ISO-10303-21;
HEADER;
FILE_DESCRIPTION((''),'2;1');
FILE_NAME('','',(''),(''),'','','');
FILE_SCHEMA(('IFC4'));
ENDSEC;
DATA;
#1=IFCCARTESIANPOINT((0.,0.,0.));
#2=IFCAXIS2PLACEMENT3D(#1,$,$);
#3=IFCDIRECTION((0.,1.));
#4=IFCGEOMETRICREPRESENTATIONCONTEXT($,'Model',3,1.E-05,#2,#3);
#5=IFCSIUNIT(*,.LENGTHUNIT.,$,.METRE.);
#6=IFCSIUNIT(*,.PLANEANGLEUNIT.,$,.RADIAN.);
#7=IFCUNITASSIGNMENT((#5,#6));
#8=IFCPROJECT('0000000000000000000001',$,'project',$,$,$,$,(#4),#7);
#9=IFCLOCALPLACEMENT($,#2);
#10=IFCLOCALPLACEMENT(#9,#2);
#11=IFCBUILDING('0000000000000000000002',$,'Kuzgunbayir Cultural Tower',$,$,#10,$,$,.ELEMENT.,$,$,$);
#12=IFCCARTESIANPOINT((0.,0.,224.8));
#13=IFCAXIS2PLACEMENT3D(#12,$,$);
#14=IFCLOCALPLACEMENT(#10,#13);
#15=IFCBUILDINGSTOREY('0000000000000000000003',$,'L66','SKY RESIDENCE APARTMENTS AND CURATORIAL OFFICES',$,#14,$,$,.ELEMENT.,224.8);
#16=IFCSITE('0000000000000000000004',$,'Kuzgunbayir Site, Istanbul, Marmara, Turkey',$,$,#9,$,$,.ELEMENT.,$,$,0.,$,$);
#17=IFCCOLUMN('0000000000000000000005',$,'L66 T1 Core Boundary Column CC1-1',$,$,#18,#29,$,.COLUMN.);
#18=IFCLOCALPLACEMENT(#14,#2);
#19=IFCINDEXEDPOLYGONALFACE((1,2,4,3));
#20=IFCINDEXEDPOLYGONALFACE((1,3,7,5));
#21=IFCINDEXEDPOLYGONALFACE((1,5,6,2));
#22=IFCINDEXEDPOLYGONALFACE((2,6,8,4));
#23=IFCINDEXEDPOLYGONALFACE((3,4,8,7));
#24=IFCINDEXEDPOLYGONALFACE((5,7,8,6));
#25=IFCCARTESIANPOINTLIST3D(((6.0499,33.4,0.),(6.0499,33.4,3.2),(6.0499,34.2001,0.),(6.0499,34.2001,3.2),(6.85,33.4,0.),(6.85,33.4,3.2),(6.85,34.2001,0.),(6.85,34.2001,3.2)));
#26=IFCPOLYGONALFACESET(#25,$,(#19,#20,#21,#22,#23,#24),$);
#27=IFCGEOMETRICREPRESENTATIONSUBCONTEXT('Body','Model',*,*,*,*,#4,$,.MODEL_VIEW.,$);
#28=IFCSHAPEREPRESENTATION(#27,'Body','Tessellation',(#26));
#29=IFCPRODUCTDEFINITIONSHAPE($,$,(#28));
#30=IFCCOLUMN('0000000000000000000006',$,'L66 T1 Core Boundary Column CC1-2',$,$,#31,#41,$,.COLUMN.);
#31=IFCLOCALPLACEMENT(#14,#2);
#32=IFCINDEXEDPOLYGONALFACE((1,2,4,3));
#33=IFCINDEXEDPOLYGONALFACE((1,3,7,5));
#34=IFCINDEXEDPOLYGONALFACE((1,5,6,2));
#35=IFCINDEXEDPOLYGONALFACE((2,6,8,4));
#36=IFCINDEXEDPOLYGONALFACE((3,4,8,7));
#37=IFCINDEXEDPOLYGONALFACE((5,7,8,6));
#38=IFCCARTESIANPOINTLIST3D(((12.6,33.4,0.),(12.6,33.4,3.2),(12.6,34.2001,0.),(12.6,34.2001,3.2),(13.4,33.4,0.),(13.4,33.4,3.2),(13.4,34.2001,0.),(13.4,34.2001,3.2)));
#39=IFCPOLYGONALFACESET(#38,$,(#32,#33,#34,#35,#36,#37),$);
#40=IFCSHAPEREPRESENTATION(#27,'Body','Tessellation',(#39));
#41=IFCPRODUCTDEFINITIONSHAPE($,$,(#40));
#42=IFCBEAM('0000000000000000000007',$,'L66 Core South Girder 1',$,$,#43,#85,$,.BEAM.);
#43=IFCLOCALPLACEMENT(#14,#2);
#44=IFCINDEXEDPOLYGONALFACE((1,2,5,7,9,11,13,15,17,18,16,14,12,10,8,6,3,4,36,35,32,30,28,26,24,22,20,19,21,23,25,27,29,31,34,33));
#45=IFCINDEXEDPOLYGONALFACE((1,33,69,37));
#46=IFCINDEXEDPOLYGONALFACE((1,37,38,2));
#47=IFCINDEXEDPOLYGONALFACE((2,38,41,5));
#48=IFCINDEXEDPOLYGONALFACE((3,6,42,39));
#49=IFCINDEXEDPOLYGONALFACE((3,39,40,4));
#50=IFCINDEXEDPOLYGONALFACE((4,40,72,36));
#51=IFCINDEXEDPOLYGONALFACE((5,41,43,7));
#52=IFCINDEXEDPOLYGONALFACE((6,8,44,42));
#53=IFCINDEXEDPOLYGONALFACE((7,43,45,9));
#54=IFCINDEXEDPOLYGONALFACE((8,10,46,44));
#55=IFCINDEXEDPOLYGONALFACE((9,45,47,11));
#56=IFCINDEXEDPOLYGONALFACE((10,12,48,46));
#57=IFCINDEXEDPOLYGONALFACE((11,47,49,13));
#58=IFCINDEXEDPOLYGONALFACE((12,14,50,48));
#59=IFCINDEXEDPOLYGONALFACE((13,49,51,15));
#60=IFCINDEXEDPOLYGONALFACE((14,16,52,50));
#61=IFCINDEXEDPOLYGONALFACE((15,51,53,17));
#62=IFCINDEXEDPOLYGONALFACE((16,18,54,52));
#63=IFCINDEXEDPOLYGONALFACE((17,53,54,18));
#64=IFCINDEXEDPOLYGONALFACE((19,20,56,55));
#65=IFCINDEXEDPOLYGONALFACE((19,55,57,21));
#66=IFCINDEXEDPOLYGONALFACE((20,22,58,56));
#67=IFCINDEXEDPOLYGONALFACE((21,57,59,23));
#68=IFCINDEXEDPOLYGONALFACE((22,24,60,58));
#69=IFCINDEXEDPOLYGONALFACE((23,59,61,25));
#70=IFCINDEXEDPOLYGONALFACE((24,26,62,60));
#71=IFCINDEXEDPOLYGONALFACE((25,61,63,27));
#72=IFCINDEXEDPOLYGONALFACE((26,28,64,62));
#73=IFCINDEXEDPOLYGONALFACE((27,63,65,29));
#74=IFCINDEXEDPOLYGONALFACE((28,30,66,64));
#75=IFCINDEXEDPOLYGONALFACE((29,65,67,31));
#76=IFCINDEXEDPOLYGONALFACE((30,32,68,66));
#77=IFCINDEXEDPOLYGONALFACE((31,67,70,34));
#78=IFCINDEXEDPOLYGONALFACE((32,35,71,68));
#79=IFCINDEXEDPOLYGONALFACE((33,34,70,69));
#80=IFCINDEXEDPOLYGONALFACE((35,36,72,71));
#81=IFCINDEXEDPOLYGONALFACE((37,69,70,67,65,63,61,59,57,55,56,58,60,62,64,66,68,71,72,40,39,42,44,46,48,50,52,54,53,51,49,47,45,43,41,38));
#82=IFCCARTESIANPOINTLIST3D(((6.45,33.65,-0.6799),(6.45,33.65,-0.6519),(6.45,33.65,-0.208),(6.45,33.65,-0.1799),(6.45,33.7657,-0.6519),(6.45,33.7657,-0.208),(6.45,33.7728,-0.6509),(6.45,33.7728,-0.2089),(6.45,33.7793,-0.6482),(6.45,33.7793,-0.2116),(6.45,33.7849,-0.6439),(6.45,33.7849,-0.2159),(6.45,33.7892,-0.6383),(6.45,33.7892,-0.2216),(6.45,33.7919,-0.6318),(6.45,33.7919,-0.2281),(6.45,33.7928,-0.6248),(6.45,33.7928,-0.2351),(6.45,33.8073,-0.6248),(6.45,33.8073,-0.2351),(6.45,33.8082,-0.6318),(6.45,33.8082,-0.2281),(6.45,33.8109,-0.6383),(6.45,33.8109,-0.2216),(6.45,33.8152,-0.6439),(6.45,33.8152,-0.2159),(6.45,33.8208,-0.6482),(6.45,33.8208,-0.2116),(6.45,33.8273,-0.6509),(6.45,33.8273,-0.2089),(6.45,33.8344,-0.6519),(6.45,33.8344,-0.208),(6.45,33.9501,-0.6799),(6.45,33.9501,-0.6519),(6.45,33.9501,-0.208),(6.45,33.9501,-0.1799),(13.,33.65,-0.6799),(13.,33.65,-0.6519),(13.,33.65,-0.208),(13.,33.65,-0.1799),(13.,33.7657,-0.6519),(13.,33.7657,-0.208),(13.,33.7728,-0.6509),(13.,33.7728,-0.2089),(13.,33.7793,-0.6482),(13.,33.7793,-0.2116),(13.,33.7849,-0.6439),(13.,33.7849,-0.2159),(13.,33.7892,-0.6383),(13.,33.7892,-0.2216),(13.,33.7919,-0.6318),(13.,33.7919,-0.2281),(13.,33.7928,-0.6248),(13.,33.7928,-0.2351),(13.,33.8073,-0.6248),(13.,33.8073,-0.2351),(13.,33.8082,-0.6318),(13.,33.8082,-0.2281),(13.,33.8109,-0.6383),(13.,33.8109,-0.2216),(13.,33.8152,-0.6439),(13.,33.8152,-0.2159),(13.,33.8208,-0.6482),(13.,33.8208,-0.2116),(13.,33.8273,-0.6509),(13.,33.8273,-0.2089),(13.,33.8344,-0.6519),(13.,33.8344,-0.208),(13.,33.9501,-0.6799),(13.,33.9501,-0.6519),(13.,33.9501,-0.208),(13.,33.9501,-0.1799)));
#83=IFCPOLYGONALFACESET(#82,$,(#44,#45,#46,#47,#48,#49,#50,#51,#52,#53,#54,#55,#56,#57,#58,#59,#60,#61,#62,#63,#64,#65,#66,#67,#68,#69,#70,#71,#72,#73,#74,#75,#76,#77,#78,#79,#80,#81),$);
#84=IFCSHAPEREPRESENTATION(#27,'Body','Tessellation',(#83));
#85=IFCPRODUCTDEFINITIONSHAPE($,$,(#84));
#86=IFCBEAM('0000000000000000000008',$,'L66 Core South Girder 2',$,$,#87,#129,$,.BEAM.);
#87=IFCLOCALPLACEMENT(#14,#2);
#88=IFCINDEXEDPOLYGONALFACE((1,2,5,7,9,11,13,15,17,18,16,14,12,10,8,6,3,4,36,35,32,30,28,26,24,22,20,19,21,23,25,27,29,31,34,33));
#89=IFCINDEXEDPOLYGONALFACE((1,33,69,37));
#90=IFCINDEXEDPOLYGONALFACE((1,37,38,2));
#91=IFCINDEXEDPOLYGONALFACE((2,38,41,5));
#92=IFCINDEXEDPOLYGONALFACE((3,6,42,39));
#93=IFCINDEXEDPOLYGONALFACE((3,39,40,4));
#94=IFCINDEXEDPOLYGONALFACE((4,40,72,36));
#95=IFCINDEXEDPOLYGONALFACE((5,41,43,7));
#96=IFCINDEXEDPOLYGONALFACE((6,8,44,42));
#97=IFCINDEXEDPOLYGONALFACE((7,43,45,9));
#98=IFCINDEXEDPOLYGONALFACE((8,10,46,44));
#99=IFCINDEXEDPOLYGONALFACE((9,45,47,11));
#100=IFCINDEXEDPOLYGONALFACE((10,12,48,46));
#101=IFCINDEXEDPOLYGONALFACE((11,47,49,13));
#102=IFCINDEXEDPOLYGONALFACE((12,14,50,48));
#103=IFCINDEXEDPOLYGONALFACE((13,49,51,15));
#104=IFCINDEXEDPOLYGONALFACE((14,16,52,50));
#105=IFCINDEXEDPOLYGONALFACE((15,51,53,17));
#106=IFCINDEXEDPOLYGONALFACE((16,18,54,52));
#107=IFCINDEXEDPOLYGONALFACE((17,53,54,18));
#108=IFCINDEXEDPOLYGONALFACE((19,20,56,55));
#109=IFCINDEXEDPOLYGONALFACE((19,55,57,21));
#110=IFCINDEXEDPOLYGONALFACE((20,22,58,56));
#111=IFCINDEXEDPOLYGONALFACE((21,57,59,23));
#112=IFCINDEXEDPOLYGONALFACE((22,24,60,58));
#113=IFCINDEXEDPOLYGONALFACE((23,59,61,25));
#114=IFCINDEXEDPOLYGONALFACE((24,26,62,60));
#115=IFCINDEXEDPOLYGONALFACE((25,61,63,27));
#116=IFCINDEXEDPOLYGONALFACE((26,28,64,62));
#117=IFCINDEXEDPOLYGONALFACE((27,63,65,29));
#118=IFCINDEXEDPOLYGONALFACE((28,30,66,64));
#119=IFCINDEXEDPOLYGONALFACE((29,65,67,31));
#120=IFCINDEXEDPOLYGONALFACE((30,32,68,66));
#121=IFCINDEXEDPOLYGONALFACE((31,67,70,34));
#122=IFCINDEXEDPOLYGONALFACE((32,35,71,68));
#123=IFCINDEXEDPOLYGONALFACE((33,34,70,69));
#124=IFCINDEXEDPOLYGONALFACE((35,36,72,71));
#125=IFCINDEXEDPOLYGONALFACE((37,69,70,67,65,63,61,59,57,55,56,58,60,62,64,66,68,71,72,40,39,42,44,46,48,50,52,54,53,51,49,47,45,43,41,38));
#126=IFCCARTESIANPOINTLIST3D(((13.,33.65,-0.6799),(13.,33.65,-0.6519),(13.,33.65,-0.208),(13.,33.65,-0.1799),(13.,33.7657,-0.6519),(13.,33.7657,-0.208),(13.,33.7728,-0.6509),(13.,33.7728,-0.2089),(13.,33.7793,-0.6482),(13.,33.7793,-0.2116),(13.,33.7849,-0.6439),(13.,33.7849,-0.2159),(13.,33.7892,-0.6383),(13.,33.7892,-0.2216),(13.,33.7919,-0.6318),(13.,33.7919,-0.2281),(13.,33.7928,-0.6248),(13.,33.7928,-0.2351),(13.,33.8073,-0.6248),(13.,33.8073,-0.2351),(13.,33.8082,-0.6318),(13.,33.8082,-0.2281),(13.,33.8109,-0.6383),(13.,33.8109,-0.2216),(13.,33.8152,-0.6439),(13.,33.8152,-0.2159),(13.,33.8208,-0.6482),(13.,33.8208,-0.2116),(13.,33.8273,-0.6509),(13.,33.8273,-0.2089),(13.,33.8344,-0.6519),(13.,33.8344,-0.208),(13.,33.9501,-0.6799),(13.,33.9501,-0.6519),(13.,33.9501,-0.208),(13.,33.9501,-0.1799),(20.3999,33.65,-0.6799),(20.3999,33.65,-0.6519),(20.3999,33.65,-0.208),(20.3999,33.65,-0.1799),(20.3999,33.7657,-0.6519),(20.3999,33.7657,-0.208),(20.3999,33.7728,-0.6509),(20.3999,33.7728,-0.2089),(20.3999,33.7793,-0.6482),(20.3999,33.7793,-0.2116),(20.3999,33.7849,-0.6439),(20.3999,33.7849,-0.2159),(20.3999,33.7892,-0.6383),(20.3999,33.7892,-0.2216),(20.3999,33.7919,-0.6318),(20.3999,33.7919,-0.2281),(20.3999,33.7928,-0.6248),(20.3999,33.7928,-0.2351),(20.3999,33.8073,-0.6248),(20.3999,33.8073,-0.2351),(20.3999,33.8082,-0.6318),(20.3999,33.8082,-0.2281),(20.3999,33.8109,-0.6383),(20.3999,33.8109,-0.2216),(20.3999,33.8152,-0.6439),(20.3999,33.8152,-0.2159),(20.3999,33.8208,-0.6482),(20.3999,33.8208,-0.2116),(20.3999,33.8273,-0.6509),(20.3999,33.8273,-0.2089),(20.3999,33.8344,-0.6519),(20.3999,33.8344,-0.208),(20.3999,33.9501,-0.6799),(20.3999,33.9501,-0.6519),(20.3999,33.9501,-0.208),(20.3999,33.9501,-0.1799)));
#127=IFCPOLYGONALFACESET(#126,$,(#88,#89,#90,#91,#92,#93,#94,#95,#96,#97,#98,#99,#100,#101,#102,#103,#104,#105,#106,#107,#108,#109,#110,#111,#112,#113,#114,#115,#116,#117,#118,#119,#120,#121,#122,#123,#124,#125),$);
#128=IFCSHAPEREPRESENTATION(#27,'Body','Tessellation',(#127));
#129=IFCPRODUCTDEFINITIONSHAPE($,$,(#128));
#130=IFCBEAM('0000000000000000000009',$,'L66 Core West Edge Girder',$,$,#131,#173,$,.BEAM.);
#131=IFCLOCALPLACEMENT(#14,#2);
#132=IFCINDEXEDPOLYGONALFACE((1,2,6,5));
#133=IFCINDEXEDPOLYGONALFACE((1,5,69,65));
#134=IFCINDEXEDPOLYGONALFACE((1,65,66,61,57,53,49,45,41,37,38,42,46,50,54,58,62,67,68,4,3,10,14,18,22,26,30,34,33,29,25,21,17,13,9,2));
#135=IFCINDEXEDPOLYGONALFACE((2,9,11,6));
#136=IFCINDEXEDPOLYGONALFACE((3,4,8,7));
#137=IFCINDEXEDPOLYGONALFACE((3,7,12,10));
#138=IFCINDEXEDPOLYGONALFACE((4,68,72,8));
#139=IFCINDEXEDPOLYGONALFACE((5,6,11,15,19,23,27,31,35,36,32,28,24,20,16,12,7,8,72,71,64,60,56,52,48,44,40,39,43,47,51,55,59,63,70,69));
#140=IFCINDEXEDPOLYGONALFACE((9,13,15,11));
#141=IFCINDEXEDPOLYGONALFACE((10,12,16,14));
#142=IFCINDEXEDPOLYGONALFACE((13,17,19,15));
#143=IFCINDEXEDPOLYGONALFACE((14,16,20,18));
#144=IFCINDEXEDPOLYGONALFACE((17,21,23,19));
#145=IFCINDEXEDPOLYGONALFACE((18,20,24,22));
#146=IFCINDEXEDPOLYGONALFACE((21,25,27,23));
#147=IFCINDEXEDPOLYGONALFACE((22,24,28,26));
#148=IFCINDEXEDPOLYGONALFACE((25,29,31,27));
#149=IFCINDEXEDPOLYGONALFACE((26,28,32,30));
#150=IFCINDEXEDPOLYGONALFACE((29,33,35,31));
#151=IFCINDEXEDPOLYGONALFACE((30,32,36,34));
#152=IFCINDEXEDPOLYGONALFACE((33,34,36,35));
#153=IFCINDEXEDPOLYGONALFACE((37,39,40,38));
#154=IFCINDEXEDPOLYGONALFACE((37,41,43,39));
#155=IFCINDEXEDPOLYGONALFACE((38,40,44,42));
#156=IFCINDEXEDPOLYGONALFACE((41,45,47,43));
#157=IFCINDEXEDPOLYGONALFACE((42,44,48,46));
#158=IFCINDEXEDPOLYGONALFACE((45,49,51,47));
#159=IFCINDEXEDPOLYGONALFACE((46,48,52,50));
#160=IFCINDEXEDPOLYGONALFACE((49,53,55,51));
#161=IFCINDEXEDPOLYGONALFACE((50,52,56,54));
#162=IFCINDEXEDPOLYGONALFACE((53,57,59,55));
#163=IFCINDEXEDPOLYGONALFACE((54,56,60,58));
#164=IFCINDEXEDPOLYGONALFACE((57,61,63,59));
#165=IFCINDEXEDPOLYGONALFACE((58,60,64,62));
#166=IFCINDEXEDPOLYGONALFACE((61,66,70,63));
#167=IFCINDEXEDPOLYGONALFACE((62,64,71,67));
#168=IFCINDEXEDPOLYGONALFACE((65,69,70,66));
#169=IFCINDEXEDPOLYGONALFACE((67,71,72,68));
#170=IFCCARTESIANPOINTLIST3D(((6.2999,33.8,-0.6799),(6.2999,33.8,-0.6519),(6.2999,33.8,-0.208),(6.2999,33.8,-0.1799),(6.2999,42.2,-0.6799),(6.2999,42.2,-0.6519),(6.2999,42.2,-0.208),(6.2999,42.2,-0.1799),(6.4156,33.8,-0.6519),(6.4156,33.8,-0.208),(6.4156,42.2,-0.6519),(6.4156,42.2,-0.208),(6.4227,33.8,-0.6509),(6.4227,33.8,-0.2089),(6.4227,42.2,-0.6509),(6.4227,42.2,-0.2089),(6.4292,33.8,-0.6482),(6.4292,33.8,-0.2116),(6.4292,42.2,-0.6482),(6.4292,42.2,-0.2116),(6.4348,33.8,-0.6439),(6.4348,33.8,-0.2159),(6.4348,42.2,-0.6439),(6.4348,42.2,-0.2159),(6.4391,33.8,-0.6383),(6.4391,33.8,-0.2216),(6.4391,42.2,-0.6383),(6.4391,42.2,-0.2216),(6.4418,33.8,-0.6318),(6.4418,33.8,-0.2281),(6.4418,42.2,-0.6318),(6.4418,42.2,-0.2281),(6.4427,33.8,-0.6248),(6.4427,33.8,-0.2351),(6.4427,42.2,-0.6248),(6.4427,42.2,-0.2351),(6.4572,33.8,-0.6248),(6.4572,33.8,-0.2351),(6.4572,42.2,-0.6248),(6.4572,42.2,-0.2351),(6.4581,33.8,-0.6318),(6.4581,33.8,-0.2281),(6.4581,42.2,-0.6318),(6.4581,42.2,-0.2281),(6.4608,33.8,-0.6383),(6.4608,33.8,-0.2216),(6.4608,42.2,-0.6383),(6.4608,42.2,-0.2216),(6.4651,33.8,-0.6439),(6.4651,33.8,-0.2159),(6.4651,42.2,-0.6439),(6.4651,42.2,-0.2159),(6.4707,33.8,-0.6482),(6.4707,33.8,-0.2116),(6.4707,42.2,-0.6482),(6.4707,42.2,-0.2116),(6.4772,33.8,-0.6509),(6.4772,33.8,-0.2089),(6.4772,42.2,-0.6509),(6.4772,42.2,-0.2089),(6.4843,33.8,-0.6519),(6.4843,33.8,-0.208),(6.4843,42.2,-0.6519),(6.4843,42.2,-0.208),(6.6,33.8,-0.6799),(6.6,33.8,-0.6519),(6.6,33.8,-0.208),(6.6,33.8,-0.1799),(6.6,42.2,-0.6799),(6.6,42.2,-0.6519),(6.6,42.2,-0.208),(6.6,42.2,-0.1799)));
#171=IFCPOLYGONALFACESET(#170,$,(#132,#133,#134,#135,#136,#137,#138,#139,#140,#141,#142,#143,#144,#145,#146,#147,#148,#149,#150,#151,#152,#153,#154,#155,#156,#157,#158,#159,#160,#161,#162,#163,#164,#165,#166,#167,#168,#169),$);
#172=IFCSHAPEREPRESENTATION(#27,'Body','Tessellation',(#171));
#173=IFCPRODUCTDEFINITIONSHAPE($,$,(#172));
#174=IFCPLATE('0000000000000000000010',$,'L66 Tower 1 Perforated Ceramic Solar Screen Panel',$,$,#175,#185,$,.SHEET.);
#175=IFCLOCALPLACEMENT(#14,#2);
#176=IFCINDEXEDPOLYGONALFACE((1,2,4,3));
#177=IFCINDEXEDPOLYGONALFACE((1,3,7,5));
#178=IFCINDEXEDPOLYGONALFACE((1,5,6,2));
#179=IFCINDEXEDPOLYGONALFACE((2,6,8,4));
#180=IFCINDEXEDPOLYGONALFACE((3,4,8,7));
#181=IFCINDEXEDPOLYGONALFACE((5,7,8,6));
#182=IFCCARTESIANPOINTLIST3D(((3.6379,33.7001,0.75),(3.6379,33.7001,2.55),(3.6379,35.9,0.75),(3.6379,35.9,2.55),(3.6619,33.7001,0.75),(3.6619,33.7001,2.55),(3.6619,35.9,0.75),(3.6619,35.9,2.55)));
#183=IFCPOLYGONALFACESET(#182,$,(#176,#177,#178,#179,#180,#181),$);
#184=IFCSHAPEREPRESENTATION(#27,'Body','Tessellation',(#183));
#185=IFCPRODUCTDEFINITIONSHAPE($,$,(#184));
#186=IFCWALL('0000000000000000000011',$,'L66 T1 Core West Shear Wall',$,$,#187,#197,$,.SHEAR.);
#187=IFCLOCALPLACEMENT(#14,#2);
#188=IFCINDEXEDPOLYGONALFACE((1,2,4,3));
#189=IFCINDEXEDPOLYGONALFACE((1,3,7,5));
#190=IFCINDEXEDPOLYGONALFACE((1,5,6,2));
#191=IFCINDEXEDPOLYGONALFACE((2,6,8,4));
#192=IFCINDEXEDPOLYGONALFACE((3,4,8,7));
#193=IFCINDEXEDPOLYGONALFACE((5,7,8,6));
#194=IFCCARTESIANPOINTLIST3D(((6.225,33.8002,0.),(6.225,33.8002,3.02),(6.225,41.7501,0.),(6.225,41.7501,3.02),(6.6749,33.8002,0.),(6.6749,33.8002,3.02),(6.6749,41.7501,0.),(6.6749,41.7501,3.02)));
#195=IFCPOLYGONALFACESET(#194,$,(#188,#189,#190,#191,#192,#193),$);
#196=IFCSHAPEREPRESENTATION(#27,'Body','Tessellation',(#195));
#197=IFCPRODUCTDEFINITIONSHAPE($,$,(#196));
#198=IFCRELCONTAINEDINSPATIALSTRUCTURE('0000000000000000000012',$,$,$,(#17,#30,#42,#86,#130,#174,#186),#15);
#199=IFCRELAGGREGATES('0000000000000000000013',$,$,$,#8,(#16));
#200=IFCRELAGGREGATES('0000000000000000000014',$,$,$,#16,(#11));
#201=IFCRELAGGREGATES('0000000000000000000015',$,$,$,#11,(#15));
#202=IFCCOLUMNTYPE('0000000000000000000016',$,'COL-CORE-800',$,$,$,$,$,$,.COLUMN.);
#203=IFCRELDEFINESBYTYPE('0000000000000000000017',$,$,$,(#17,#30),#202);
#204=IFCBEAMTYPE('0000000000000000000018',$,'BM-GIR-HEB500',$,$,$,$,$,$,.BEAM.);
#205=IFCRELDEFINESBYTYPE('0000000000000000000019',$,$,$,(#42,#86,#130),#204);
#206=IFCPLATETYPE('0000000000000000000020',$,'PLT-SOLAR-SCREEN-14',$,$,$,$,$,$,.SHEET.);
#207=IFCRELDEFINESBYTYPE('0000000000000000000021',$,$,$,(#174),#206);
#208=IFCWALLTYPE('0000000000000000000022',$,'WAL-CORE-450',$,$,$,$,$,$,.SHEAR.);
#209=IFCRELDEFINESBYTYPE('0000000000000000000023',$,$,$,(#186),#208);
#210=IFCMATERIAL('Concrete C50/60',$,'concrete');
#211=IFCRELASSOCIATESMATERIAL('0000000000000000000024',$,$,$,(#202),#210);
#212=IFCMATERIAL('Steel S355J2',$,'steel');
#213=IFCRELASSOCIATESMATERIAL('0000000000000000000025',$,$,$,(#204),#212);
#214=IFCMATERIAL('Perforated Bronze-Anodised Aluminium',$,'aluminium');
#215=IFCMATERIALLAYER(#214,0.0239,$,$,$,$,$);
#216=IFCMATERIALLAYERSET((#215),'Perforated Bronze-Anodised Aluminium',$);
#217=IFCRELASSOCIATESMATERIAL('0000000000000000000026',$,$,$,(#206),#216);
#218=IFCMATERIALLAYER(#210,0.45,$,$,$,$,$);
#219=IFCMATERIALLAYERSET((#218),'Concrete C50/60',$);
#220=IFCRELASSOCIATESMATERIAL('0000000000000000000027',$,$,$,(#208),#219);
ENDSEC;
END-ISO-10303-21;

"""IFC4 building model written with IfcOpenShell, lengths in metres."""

from ifc_helpers import new_model, si_unit, direction, frame, frame_2d, origin, origin_2d, place, context, subcontext, project, spatial, rectangle, i_section, extrude, material, layer, layer_set, material_profile, profile_set, type_object, element, save


model = new_model("IFC4")

# Units and contexts
model_context = context("Model", 3, precision=1e-05, world=origin(), true_north=direction((0.0, 1.0)))
body_context = subcontext(model_context, "Body", "Model", "MODEL_VIEW")
ifc_project = project(units=[si_unit("LENGTHUNIT", "METRE"), si_unit("PLANEANGLEUNIT", "RADIAN")], contexts=[model_context])

# Site, building, storey
site_placement = place(None, origin())
site = spatial("IfcSite", under=ifc_project, at=site_placement, Name="Kuzgunbayir Site, Istanbul, Marmara, Turkey", CompositionType="ELEMENT", RefElevation=0.0)
building_placement = place(site_placement, origin())
building = spatial("IfcBuilding", under=site, at=building_placement, Name="Kuzgunbayir Cultural Tower", CompositionType="ELEMENT")
storey_placement = place(building_placement, frame((0.0, 0.0, 224.8)))
storey = spatial("IfcBuildingStorey", under=building, at=storey_placement, Name="L66", Description="SKY RESIDENCE APARTMENTS AND CURATORIAL OFFICES", CompositionType="ELEMENT", Elevation=224.8)

# Columns
ifc_material_1 = material(Name="Concrete C50/60", Category="concrete")
ifc_material_profile_1 = material_profile(ifc_material_1, rectangle(XDim=0.8, YDim=0.8, at=origin_2d()), Name="RC 800x800")
ifc_profile_set_1 = profile_set([ifc_material_profile_1], Name="Concrete C50/60")
column_type = type_object("IfcColumnType", Name="COL-CORE-800", PredefinedType="COLUMN", material=ifc_profile_set_1)
for number, where, z_axis, x_axis, name in (
    (1, (6.45, 33.8, 0.0), (0.0, 0.0, 1.0), (1.0, 0.0, 0.0), "L66 T1 Core Boundary Column CC1-1"),
    (2, (13.0, 33.8, 0.0), (0.0, 0.0, 1.0), (1.0, 0.0, 0.0), "L66 T1 Core Boundary Column CC1-2"),
):
    element("IfcColumn", number, at=place(storey_placement, frame(where, z_axis=z_axis, x_axis=x_axis)), inside=storey, type_object=column_type, Name=name, PredefinedType="COLUMN", context=body_context, shape_type="SweptSolid", body=[
        extrude(rectangle(XDim=0.8, YDim=0.8, at=origin_2d()), origin(), (0.0, 0.0, 1.0), 3.2),
    ])

# Beams
ifc_material_2 = material(Name="Steel S355J2", Category="steel")
ifc_material_profile_2 = material_profile(ifc_material_2, i_section(OverallWidth=0.3, OverallDepth=0.5, WebThickness=0.0144, FlangeThickness=0.0281, FilletRadius=0.0271, at=origin_2d()), Name="HEB 500")
ifc_profile_set_2 = profile_set([ifc_material_profile_2], Name="Steel S355J2")
beam_type = type_object("IfcBeamType", Name="BM-GIR-HEB500", PredefinedType="BEAM", material=ifc_profile_set_2)
beam_1_placement = place(storey_placement, frame((6.45, 33.8, -0.4299), z_axis=(1.0, 0.0, 0.0), x_axis=(0.0, 1.0, 0.0)))
element("IfcBeam", 3, at=beam_1_placement, inside=storey, type_object=beam_type, Name="L66 Core South Girder 1", PredefinedType="BEAM", context=body_context, shape_type="SweptSolid", body=[
    extrude(i_section(OverallWidth=0.3, OverallDepth=0.5, WebThickness=0.0144, FlangeThickness=0.0281, FilletRadius=0.0271, at=origin_2d()), origin(), (0.0, 0.0, 1.0), 6.55),
])
beam_2_placement = place(storey_placement, frame((13.0, 33.8, -0.4299), z_axis=(1.0, 0.0, 0.0), x_axis=(0.0, 1.0, 0.0)))
element("IfcBeam", 4, at=beam_2_placement, inside=storey, type_object=beam_type, Name="L66 Core South Girder 2", PredefinedType="BEAM", context=body_context, shape_type="SweptSolid", body=[
    extrude(i_section(OverallWidth=0.3, OverallDepth=0.5, WebThickness=0.0144, FlangeThickness=0.0281, FilletRadius=0.0271, at=origin_2d()), origin(), (0.0, 0.0, 1.0), 7.3999),
])
beam_3_placement = place(storey_placement, frame((6.45, 33.8, -0.4299), z_axis=(0.0, 1.0, 0.0), x_axis=(-1.0, 0.0, 0.0)))
element("IfcBeam", 5, at=beam_3_placement, inside=storey, type_object=beam_type, Name="L66 Core West Edge Girder", PredefinedType="BEAM", context=body_context, shape_type="SweptSolid", body=[
    extrude(i_section(OverallWidth=0.3, OverallDepth=0.5, WebThickness=0.0144, FlangeThickness=0.0281, FilletRadius=0.0271, at=origin_2d()), origin(), (0.0, 0.0, 1.0), 8.3999),
])

# Plate
ifc_material_3 = material(Name="Perforated Bronze-Anodised Aluminium", Category="aluminium")
ifc_layer_1 = layer(ifc_material_3, 0.0239)
ifc_layer_set_1 = layer_set([ifc_layer_1], Name="Perforated Bronze-Anodised Aluminium")
plate_type = type_object("IfcPlateType", Name="PLT-SOLAR-SCREEN-14", PredefinedType="SHEET", material=ifc_layer_set_1)
plate_placement = place(storey_placement, frame((3.6499, 34.8, 0.75), z_axis=(0.0, 0.0, 1.0), x_axis=(1.0, 0.0, 0.0)))
element("IfcPlate", 6, at=plate_placement, inside=storey, type_object=plate_type, Name="L66 Tower 1 Perforated Ceramic Solar Screen Panel", PredefinedType="SHEET", context=body_context, shape_type="SweptSolid", body=[
    extrude(rectangle(XDim=0.0239, YDim=2.2, at=origin_2d()), origin(), (0.0, 0.0, 1.0), 1.8),
])

# Wall
ifc_layer_2 = layer(ifc_material_1, 0.45)
ifc_layer_set_2 = layer_set([ifc_layer_2], Name="Concrete C50/60")
wall_type_1 = type_object("IfcWallType", Name="WAL-CORE-450", PredefinedType="SHEAR", material=ifc_layer_set_2)
wall_1_placement = place(storey_placement, frame((6.45, 33.8, 0.0), z_axis=(0.0, 0.0, 1.0), x_axis=(0.0, 1.0, 0.0)))
element("IfcWall", 7, at=wall_1_placement, inside=storey, type_object=wall_type_1, Name="L66 T1 Core West Shear Wall", PredefinedType="SHEAR", context=body_context, shape_type="SweptSolid", body=[
    extrude(rectangle(XDim=7.95, YDim=0.45, at=frame_2d((3.9751, 0.0))), origin(), (0.0, 0.0, 1.0), 3.02),
])

save(model, "model.ifc")
